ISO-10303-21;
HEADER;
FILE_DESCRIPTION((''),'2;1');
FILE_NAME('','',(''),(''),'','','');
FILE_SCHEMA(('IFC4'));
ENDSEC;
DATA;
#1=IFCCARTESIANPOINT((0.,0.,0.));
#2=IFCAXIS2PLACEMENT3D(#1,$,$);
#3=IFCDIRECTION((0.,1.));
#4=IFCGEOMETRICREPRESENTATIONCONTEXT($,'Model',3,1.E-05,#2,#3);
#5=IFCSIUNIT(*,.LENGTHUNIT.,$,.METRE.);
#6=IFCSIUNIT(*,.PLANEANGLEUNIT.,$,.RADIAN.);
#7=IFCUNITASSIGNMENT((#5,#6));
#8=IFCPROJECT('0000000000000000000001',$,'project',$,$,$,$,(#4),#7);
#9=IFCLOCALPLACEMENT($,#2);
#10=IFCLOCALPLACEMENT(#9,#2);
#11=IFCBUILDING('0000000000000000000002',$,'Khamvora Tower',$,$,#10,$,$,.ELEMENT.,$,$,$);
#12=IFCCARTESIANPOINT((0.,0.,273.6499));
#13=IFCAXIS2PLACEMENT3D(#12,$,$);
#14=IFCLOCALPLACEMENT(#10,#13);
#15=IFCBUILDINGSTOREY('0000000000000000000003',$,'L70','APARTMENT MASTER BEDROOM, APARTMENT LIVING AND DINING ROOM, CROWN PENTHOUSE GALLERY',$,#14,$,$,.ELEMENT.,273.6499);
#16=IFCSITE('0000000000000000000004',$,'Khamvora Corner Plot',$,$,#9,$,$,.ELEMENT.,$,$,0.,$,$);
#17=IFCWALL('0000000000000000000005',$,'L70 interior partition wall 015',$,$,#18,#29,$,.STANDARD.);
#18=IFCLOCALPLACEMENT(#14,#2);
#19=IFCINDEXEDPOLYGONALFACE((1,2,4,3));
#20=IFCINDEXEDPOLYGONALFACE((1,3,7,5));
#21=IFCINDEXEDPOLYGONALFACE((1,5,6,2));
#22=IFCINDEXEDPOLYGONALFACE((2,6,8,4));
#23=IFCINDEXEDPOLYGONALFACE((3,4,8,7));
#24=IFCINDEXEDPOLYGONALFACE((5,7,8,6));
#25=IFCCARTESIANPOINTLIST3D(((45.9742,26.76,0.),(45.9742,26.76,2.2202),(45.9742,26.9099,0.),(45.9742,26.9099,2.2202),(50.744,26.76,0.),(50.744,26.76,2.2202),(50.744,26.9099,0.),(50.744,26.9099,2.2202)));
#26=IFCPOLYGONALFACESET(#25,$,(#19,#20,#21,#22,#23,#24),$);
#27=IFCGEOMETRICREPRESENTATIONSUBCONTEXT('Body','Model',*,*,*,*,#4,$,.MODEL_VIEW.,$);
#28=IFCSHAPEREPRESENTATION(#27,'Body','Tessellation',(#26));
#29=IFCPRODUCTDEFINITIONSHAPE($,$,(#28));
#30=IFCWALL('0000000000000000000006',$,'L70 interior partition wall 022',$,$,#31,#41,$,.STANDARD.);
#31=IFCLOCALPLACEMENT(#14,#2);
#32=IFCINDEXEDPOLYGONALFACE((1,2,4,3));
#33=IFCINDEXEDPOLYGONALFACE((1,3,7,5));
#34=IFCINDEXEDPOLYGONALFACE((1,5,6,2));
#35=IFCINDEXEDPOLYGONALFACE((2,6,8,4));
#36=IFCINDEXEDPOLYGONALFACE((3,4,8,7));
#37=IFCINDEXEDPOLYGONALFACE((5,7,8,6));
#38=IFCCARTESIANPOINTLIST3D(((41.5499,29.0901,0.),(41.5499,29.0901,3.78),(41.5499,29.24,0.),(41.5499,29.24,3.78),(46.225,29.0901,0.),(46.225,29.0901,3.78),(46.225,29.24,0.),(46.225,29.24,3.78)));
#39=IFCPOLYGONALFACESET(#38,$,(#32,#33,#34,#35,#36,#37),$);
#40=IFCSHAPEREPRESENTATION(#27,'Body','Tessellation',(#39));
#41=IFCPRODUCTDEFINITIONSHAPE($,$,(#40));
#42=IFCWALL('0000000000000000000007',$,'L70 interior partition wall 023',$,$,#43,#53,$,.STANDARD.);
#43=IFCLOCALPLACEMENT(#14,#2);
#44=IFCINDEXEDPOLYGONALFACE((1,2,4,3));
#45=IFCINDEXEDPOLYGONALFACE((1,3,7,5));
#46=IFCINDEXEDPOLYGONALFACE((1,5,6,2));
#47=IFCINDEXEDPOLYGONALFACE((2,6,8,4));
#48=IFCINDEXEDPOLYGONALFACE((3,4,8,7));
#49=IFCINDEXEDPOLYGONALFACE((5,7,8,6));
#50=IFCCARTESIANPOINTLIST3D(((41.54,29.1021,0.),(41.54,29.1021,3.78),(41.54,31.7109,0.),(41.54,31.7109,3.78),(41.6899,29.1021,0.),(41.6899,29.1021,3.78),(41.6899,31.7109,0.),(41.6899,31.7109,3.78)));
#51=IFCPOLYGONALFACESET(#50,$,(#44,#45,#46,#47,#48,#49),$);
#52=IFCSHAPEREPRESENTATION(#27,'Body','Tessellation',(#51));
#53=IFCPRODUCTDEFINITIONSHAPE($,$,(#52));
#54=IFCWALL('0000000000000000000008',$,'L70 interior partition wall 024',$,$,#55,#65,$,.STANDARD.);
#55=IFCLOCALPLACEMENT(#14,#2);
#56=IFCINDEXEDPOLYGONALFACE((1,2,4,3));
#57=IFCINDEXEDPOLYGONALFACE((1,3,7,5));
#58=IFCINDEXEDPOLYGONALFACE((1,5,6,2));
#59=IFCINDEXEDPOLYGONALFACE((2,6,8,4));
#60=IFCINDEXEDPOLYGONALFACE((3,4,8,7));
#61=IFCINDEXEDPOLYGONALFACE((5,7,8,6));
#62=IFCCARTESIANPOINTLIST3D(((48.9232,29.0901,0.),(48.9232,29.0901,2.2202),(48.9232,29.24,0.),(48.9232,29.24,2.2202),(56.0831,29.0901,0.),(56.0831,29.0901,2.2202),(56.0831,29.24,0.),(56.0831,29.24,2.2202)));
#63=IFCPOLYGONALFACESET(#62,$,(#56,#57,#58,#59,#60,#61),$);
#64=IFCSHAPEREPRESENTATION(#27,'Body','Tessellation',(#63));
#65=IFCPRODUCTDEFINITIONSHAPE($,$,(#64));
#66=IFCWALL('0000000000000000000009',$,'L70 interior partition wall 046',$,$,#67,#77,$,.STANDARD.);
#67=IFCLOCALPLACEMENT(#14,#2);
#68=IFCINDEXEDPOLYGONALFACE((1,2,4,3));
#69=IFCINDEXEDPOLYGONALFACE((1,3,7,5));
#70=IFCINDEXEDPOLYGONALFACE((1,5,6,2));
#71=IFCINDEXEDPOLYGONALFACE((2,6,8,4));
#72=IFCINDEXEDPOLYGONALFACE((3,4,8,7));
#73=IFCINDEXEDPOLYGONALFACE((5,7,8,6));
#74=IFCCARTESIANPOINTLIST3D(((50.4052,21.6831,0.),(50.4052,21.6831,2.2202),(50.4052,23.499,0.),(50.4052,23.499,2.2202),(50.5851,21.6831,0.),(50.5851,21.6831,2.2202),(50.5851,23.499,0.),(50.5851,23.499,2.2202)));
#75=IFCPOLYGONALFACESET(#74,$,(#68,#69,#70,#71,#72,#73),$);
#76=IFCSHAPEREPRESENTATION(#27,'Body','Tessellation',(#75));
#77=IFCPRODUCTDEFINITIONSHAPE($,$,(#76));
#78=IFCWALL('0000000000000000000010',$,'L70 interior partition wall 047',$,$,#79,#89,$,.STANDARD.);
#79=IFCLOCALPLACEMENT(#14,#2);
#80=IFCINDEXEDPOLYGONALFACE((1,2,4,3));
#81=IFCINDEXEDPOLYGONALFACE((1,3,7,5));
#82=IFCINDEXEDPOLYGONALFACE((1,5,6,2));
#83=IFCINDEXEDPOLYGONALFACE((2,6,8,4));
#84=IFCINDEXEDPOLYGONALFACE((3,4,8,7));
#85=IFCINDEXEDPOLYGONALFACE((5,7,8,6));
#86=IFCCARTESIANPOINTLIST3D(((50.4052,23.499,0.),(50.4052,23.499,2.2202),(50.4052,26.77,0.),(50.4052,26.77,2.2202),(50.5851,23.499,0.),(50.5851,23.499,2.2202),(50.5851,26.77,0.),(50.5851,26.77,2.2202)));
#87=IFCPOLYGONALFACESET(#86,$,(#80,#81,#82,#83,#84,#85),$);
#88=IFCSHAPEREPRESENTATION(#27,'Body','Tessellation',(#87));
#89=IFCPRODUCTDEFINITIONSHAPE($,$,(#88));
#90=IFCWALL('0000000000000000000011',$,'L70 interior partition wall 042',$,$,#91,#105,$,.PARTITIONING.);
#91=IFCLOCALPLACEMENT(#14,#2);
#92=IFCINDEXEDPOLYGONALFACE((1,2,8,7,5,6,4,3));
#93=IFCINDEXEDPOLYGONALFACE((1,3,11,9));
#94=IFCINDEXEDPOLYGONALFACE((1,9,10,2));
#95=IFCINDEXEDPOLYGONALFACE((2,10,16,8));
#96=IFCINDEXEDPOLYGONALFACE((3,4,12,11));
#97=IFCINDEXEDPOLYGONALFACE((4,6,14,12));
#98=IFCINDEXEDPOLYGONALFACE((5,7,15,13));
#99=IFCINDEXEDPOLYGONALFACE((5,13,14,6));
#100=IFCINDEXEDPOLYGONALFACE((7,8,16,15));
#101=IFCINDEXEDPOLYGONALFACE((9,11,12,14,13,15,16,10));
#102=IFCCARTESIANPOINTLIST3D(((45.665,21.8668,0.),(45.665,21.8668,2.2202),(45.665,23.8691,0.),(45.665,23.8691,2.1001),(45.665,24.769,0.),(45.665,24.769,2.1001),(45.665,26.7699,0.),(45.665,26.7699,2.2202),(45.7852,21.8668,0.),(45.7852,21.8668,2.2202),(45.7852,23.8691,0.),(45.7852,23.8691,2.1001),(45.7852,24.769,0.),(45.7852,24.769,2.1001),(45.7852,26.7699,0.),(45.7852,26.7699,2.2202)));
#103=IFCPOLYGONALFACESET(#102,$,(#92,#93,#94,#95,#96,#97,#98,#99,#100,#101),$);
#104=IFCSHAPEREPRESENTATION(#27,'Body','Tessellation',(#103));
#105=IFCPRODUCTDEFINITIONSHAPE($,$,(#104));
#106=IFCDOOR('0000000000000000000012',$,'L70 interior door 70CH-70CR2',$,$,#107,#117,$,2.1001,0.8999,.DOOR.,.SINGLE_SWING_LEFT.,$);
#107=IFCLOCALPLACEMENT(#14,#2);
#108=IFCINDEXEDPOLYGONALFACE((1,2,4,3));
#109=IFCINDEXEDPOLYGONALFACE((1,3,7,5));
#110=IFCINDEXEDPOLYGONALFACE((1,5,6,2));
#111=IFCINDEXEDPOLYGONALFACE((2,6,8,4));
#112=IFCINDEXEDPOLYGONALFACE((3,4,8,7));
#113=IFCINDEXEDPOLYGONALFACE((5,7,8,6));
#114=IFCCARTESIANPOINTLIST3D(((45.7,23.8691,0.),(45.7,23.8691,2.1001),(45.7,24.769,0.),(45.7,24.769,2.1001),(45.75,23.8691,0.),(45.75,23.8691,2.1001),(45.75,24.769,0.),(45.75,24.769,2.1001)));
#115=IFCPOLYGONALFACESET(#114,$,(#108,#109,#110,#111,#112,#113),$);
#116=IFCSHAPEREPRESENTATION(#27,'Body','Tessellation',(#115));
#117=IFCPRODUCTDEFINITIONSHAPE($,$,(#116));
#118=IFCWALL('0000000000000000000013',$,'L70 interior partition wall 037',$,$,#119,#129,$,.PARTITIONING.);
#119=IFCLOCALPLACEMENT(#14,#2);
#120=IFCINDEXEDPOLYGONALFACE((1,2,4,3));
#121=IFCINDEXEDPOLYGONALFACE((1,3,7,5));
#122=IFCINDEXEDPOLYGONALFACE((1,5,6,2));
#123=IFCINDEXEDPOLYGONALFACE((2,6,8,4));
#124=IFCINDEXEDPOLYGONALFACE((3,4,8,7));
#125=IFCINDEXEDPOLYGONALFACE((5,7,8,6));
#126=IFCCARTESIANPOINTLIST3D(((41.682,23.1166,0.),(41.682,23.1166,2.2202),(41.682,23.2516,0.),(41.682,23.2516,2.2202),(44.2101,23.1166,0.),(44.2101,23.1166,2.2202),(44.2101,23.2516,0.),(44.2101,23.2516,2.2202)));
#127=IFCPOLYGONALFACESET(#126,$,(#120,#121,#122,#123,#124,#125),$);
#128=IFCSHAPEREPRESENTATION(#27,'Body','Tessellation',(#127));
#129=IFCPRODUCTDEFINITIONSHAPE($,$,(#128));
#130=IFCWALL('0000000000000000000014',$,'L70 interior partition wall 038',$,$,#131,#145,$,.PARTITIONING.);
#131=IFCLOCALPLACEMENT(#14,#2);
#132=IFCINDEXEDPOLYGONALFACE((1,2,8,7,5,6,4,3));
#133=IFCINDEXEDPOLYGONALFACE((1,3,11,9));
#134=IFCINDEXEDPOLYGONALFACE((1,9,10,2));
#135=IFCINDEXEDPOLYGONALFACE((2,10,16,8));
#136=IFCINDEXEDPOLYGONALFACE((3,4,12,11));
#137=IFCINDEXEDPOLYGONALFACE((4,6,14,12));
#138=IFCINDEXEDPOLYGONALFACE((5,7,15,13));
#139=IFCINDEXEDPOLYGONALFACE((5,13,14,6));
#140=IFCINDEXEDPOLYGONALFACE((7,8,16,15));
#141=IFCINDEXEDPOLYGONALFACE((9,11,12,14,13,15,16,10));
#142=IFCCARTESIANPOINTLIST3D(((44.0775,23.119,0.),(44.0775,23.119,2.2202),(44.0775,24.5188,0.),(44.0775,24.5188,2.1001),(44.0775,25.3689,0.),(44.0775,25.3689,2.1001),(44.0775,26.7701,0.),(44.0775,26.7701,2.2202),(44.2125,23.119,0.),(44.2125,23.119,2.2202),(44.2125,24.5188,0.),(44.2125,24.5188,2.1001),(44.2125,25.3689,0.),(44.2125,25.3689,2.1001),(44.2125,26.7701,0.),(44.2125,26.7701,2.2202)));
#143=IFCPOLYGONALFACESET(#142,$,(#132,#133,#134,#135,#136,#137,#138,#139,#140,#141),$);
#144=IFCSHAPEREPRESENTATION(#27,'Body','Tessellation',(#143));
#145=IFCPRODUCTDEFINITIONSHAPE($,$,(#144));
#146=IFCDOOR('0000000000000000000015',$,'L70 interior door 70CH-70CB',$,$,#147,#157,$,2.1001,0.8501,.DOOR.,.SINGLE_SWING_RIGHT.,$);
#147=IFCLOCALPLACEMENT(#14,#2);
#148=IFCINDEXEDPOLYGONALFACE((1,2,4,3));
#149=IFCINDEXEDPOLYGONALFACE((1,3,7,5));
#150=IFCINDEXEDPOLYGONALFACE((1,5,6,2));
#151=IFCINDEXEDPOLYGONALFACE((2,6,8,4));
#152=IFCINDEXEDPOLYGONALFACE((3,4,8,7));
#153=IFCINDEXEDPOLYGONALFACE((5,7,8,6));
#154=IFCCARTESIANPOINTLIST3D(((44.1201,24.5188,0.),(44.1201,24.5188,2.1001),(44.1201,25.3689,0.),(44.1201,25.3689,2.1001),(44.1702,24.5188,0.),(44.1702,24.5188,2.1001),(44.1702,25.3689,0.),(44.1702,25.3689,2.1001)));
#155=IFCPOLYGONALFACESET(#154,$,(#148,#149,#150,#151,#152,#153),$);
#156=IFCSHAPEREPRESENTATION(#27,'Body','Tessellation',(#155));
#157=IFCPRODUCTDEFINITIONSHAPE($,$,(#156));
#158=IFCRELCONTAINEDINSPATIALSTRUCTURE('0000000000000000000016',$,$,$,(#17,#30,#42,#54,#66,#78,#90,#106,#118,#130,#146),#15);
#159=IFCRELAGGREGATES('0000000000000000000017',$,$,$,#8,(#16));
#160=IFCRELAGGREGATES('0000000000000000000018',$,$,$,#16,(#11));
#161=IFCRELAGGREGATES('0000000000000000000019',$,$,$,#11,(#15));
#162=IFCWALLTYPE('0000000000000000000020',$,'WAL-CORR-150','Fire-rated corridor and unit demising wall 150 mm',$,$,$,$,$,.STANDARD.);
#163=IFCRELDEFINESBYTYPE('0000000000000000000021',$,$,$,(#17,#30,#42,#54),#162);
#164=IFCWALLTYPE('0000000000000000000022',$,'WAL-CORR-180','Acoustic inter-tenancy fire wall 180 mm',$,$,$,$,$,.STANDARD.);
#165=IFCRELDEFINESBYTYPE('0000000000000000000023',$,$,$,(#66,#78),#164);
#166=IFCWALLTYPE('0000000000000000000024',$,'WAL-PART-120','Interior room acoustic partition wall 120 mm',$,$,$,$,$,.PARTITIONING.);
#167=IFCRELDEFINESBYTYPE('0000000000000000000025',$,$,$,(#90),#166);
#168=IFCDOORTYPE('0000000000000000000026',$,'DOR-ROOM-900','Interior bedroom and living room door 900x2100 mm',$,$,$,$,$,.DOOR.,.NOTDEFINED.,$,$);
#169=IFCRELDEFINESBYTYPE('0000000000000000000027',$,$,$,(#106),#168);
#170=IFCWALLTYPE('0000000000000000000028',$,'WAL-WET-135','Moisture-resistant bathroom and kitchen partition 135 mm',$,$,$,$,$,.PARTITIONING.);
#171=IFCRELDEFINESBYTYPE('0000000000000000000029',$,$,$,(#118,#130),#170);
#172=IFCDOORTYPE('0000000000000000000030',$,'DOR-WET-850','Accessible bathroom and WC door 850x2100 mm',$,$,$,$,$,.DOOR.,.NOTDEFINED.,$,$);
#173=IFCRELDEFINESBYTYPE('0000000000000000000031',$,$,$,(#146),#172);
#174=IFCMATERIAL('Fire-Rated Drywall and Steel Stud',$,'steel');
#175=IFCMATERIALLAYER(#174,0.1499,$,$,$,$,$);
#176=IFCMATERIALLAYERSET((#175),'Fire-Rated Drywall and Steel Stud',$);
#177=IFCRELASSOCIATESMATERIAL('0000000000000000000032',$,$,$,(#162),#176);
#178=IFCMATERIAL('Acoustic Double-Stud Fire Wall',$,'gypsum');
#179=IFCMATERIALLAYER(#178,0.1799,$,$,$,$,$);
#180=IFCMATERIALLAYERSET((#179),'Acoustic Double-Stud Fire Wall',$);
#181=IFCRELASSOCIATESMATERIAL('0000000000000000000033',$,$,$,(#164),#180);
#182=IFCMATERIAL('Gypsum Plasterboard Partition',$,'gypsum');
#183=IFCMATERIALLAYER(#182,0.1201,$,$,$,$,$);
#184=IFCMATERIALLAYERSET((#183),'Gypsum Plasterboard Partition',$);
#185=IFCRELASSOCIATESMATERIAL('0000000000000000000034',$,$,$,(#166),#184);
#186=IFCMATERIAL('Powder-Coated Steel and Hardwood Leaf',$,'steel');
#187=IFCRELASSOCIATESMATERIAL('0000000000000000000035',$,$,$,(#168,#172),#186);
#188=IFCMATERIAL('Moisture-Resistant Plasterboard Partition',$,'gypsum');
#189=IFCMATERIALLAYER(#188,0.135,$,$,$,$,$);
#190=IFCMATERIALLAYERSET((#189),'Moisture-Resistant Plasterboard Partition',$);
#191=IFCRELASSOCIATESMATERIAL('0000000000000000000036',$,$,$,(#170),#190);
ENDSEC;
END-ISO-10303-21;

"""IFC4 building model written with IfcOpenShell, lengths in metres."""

from ifc_helpers import new_model, si_unit, direction, frame, frame_2d, origin, place, context, subcontext, project, spatial, rectangle, extrude, material, layer, layer_set, type_object, element, fill, save


model = new_model("IFC4")

# Units and contexts
model_context = context("Model", 3, precision=1e-05, world=origin(), true_north=direction((0.0, 1.0)))
body_context = subcontext(model_context, "Body", "Model", "MODEL_VIEW")
ifc_project = project(units=[si_unit("LENGTHUNIT", "METRE"), si_unit("PLANEANGLEUNIT", "RADIAN")], contexts=[model_context])

# Site, building, storey
site_placement = place(None, origin())
site = spatial("IfcSite", under=ifc_project, at=site_placement, Name="Khamvora Corner Plot", CompositionType="ELEMENT", RefElevation=0.0)
building_placement = place(site_placement, origin())
building = spatial("IfcBuilding", under=site, at=building_placement, Name="Khamvora Tower", CompositionType="ELEMENT")
storey_placement = place(building_placement, frame((0.0, 0.0, 273.6499)))
storey = spatial("IfcBuildingStorey", under=building, at=storey_placement, Name="L70", Description="APARTMENT MASTER BEDROOM, APARTMENT LIVING AND DINING ROOM, CROWN PENTHOUSE GALLERY", CompositionType="ELEMENT", Elevation=273.6499)

# Shared definitions
ifc_material_1 = material(Name="Fire-Rated Drywall and Steel Stud", Category="steel")
ifc_layer_1 = layer(ifc_material_1, 0.1499)
ifc_layer_set_1 = layer_set([ifc_layer_1], Name="Fire-Rated Drywall and Steel Stud")
wall_type_1 = type_object("IfcWallType", Name="WAL-CORR-150", Description="Fire-rated corridor and unit demising wall 150 mm", PredefinedType="STANDARD", material=ifc_layer_set_1)

# Shared definitions
ifc_material_2 = material(Name="Powder-Coated Steel and Hardwood Leaf", Category="steel")

# Wall
wall_1_placement = place(storey_placement, frame((50.7439, 26.835, 0.0), z_axis=(0.0, 0.0, 1.0), x_axis=(-1.0, 0.0, 0.0)))
element("IfcWall", 1, at=wall_1_placement, inside=storey, type_object=wall_type_1, Name="L70 interior partition wall 015", PredefinedType="STANDARD", context=body_context, shape_type="SweptSolid", body=[
    extrude(rectangle(XDim=4.7698, YDim=0.1499, at=frame_2d((2.3848, 0.0))), origin(), (0.0, 0.0, 1.0), 2.2202),
])

# Walls
wall_2_placement = place(storey_placement, frame((41.55, 29.165, 0.0), z_axis=(0.0, 0.0, 1.0), x_axis=(1.0, 0.0, 0.0)))
element("IfcWall", 2, at=wall_2_placement, inside=storey, type_object=wall_type_1, Name="L70 interior partition wall 022", PredefinedType="STANDARD", context=body_context, shape_type="SweptSolid", body=[
    extrude(rectangle(XDim=4.675, YDim=0.1499, at=frame_2d((2.3374, 0.0))), origin(), (0.0, 0.0, 1.0), 3.78),
])
wall_3_placement = place(storey_placement, frame((41.615, 31.7109, 0.0), z_axis=(0.0, 0.0, 1.0), x_axis=(0.0, -1.0, 0.0)))
element("IfcWall", 3, at=wall_3_placement, inside=storey, type_object=wall_type_1, Name="L70 interior partition wall 023", PredefinedType="STANDARD", context=body_context, shape_type="SweptSolid", body=[
    extrude(rectangle(XDim=2.6089, YDim=0.1499, at=frame_2d((1.3044, 0.0))), origin(), (0.0, 0.0, 1.0), 3.78),
])
wall_4_placement = place(storey_placement, frame((48.9231, 29.165, 0.0), z_axis=(0.0, 0.0, 1.0), x_axis=(1.0, 0.0, 0.0)))
element("IfcWall", 4, at=wall_4_placement, inside=storey, type_object=wall_type_1, Name="L70 interior partition wall 024", PredefinedType="STANDARD", context=body_context, shape_type="SweptSolid", body=[
    extrude(rectangle(XDim=7.1599, YDim=0.1499, at=frame_2d((3.5801, 0.0))), origin(), (0.0, 0.0, 1.0), 2.2202),
])
ifc_material_3 = material(Name="Acoustic Double-Stud Fire Wall", Category="gypsum")
ifc_layer_2 = layer(ifc_material_3, 0.1799)
ifc_layer_set_2 = layer_set([ifc_layer_2], Name="Acoustic Double-Stud Fire Wall")
wall_type_2 = type_object("IfcWallType", Name="WAL-CORR-180", Description="Acoustic inter-tenancy fire wall 180 mm", PredefinedType="STANDARD", material=ifc_layer_set_2)
wall_5_placement = place(storey_placement, frame((50.4951, 23.499, 0.0), z_axis=(0.0, 0.0, 1.0), x_axis=(0.0, -1.0, 0.0)))
element("IfcWall", 5, at=wall_5_placement, inside=storey, type_object=wall_type_2, Name="L70 interior partition wall 046", PredefinedType="STANDARD", context=body_context, shape_type="SweptSolid", body=[
    extrude(rectangle(XDim=1.8159, YDim=0.1799, at=frame_2d((0.908, 0.0))), origin(), (0.0, 0.0, 1.0), 2.2202),
])
wall_6_placement = place(storey_placement, frame((50.4951, 26.77, 0.0), z_axis=(0.0, 0.0, 1.0), x_axis=(0.0, -1.0, 0.0)))
element("IfcWall", 6, at=wall_6_placement, inside=storey, type_object=wall_type_2, Name="L70 interior partition wall 047", PredefinedType="STANDARD", context=body_context, shape_type="SweptSolid", body=[
    extrude(rectangle(XDim=3.271, YDim=0.1799, at=frame_2d((1.6355, 0.0))), origin(), (0.0, 0.0, 1.0), 2.2202),
])

# Wall, opening, door
ifc_material_4 = material(Name="Gypsum Plasterboard Partition", Category="gypsum")
ifc_layer_3 = layer(ifc_material_4, 0.1201)
ifc_layer_set_3 = layer_set([ifc_layer_3], Name="Gypsum Plasterboard Partition")
wall_type_3 = type_object("IfcWallType", Name="WAL-PART-120", Description="Interior room acoustic partition wall 120 mm", PredefinedType="PARTITIONING", material=ifc_layer_set_3)
wall_7_placement = place(storey_placement, frame((45.7251, 26.77, 0.0), z_axis=(0.0, 0.0, 1.0), x_axis=(0.0, -1.0, 0.0)))
wall_7 = element("IfcWall", 7, at=wall_7_placement, inside=storey, type_object=wall_type_3, Name="L70 interior partition wall 042", PredefinedType="PARTITIONING", context=body_context, shape_type="SweptSolid", body=[
    extrude(rectangle(XDim=4.9031, YDim=0.1201, at=frame_2d((2.4517, 0.0))), origin(), (0.0, 0.0, 1.0), 2.2202),
])
opening_1_placement = place(wall_7_placement, frame((2.001, 0.0, 0.0)))
opening_1 = element("IfcOpeningElement", 8, at=opening_1_placement, cuts=wall_7, PredefinedType="OPENING", context=body_context, shape_type="SweptSolid", body=[
    extrude(rectangle(XDim=0.8999, YDim=2.1001, at=frame_2d((0.45, 1.05))), frame((0.0, 0.0701, 0.0), z_axis=(0.0, -1.0, 0.0), x_axis=(1.0, 0.0, 0.0)), (0.0, 0.0, 1.0), 0.1401),
])
door_type_1 = type_object("IfcDoorType", Name="DOR-ROOM-900", Description="Interior bedroom and living room door 900x2100 mm", OperationType="NOTDEFINED", PredefinedType="DOOR", material=ifc_material_2)
door_1_placement = place(opening_1_placement, origin())
door_1 = element("IfcDoor", 9, at=door_1_placement, inside=storey, type_object=door_type_1, Name="L70 interior door 70CH-70CR2", OperationType="SINGLE_SWING_LEFT", OverallHeight=2.1001, OverallWidth=0.8999, PredefinedType="DOOR", context=body_context, shape_type="SweptSolid", body=[
    extrude(rectangle(XDim=0.8999, YDim=2.1001, at=frame_2d((0.45, 1.05))), frame((0.0, 0.0249, 0.0), z_axis=(0.0, -1.0, 0.0), x_axis=(1.0, 0.0, 0.0)), (0.0, 0.0, 1.0), 0.05),
])
fill(opening_1, door_1)

# Wall
ifc_material_5 = material(Name="Moisture-Resistant Plasterboard Partition", Category="gypsum")
ifc_layer_4 = layer(ifc_material_5, 0.135)
ifc_layer_set_4 = layer_set([ifc_layer_4], Name="Moisture-Resistant Plasterboard Partition")
wall_type_4 = type_object("IfcWallType", Name="WAL-WET-135", Description="Moisture-resistant bathroom and kitchen partition 135 mm", PredefinedType="PARTITIONING", material=ifc_layer_set_4)
wall_8_placement = place(storey_placement, frame((41.6819, 23.1841, 0.0), z_axis=(0.0, 0.0, 1.0), x_axis=(1.0, 0.0, 0.0)))
element("IfcWall", 10, at=wall_8_placement, inside=storey, type_object=wall_type_4, Name="L70 interior partition wall 037", PredefinedType="PARTITIONING", context=body_context, shape_type="SweptSolid", body=[
    extrude(rectangle(XDim=2.5281, YDim=0.135, at=frame_2d((1.2642, 0.0))), origin(), (0.0, 0.0, 1.0), 2.2202),
])

# Wall, opening, door
wall_9_placement = place(storey_placement, frame((44.145, 23.1189, 0.0), z_axis=(0.0, 0.0, 1.0), x_axis=(0.0, 1.0, 0.0)))
wall_9 = element("IfcWall", 11, at=wall_9_placement, inside=storey, type_object=wall_type_4, Name="L70 interior partition wall 038", PredefinedType="PARTITIONING", context=body_context, shape_type="SweptSolid", body=[
    extrude(rectangle(XDim=3.6511, YDim=0.135, at=frame_2d((1.8257, 0.0))), origin(), (0.0, 0.0, 1.0), 2.2202),
])
opening_2_placement = place(wall_9_placement, frame((1.3999, 0.0, 0.0)))
opening_2 = element("IfcOpeningElement", 12, at=opening_2_placement, cuts=wall_9, PredefinedType="OPENING", context=body_context, shape_type="SweptSolid", body=[
    extrude(rectangle(XDim=0.8501, YDim=2.1001, at=frame_2d((0.425, 1.05))), frame((0.0, 0.0774, 0.0), z_axis=(0.0, -1.0, 0.0), x_axis=(1.0, 0.0, 0.0)), (0.0, 0.0, 1.0), 0.155),
])
door_type_2 = type_object("IfcDoorType", Name="DOR-WET-850", Description="Accessible bathroom and WC door 850x2100 mm", OperationType="NOTDEFINED", PredefinedType="DOOR", material=ifc_material_2)
door_2_placement = place(opening_2_placement, origin())
door_2 = element("IfcDoor", 13, at=door_2_placement, inside=storey, type_object=door_type_2, Name="L70 interior door 70CH-70CB", OperationType="SINGLE_SWING_RIGHT", OverallHeight=2.1001, OverallWidth=0.8501, PredefinedType="DOOR", context=body_context, shape_type="SweptSolid", body=[
    extrude(rectangle(XDim=0.8501, YDim=2.1001, at=frame_2d((0.425, 1.05))), frame((0.0, 0.0249, 0.0), z_axis=(0.0, -1.0, 0.0), x_axis=(1.0, 0.0, 0.0)), (0.0, 0.0, 1.0), 0.05),
])
fill(opening_2, door_2)

save(model, "model.ifc")
